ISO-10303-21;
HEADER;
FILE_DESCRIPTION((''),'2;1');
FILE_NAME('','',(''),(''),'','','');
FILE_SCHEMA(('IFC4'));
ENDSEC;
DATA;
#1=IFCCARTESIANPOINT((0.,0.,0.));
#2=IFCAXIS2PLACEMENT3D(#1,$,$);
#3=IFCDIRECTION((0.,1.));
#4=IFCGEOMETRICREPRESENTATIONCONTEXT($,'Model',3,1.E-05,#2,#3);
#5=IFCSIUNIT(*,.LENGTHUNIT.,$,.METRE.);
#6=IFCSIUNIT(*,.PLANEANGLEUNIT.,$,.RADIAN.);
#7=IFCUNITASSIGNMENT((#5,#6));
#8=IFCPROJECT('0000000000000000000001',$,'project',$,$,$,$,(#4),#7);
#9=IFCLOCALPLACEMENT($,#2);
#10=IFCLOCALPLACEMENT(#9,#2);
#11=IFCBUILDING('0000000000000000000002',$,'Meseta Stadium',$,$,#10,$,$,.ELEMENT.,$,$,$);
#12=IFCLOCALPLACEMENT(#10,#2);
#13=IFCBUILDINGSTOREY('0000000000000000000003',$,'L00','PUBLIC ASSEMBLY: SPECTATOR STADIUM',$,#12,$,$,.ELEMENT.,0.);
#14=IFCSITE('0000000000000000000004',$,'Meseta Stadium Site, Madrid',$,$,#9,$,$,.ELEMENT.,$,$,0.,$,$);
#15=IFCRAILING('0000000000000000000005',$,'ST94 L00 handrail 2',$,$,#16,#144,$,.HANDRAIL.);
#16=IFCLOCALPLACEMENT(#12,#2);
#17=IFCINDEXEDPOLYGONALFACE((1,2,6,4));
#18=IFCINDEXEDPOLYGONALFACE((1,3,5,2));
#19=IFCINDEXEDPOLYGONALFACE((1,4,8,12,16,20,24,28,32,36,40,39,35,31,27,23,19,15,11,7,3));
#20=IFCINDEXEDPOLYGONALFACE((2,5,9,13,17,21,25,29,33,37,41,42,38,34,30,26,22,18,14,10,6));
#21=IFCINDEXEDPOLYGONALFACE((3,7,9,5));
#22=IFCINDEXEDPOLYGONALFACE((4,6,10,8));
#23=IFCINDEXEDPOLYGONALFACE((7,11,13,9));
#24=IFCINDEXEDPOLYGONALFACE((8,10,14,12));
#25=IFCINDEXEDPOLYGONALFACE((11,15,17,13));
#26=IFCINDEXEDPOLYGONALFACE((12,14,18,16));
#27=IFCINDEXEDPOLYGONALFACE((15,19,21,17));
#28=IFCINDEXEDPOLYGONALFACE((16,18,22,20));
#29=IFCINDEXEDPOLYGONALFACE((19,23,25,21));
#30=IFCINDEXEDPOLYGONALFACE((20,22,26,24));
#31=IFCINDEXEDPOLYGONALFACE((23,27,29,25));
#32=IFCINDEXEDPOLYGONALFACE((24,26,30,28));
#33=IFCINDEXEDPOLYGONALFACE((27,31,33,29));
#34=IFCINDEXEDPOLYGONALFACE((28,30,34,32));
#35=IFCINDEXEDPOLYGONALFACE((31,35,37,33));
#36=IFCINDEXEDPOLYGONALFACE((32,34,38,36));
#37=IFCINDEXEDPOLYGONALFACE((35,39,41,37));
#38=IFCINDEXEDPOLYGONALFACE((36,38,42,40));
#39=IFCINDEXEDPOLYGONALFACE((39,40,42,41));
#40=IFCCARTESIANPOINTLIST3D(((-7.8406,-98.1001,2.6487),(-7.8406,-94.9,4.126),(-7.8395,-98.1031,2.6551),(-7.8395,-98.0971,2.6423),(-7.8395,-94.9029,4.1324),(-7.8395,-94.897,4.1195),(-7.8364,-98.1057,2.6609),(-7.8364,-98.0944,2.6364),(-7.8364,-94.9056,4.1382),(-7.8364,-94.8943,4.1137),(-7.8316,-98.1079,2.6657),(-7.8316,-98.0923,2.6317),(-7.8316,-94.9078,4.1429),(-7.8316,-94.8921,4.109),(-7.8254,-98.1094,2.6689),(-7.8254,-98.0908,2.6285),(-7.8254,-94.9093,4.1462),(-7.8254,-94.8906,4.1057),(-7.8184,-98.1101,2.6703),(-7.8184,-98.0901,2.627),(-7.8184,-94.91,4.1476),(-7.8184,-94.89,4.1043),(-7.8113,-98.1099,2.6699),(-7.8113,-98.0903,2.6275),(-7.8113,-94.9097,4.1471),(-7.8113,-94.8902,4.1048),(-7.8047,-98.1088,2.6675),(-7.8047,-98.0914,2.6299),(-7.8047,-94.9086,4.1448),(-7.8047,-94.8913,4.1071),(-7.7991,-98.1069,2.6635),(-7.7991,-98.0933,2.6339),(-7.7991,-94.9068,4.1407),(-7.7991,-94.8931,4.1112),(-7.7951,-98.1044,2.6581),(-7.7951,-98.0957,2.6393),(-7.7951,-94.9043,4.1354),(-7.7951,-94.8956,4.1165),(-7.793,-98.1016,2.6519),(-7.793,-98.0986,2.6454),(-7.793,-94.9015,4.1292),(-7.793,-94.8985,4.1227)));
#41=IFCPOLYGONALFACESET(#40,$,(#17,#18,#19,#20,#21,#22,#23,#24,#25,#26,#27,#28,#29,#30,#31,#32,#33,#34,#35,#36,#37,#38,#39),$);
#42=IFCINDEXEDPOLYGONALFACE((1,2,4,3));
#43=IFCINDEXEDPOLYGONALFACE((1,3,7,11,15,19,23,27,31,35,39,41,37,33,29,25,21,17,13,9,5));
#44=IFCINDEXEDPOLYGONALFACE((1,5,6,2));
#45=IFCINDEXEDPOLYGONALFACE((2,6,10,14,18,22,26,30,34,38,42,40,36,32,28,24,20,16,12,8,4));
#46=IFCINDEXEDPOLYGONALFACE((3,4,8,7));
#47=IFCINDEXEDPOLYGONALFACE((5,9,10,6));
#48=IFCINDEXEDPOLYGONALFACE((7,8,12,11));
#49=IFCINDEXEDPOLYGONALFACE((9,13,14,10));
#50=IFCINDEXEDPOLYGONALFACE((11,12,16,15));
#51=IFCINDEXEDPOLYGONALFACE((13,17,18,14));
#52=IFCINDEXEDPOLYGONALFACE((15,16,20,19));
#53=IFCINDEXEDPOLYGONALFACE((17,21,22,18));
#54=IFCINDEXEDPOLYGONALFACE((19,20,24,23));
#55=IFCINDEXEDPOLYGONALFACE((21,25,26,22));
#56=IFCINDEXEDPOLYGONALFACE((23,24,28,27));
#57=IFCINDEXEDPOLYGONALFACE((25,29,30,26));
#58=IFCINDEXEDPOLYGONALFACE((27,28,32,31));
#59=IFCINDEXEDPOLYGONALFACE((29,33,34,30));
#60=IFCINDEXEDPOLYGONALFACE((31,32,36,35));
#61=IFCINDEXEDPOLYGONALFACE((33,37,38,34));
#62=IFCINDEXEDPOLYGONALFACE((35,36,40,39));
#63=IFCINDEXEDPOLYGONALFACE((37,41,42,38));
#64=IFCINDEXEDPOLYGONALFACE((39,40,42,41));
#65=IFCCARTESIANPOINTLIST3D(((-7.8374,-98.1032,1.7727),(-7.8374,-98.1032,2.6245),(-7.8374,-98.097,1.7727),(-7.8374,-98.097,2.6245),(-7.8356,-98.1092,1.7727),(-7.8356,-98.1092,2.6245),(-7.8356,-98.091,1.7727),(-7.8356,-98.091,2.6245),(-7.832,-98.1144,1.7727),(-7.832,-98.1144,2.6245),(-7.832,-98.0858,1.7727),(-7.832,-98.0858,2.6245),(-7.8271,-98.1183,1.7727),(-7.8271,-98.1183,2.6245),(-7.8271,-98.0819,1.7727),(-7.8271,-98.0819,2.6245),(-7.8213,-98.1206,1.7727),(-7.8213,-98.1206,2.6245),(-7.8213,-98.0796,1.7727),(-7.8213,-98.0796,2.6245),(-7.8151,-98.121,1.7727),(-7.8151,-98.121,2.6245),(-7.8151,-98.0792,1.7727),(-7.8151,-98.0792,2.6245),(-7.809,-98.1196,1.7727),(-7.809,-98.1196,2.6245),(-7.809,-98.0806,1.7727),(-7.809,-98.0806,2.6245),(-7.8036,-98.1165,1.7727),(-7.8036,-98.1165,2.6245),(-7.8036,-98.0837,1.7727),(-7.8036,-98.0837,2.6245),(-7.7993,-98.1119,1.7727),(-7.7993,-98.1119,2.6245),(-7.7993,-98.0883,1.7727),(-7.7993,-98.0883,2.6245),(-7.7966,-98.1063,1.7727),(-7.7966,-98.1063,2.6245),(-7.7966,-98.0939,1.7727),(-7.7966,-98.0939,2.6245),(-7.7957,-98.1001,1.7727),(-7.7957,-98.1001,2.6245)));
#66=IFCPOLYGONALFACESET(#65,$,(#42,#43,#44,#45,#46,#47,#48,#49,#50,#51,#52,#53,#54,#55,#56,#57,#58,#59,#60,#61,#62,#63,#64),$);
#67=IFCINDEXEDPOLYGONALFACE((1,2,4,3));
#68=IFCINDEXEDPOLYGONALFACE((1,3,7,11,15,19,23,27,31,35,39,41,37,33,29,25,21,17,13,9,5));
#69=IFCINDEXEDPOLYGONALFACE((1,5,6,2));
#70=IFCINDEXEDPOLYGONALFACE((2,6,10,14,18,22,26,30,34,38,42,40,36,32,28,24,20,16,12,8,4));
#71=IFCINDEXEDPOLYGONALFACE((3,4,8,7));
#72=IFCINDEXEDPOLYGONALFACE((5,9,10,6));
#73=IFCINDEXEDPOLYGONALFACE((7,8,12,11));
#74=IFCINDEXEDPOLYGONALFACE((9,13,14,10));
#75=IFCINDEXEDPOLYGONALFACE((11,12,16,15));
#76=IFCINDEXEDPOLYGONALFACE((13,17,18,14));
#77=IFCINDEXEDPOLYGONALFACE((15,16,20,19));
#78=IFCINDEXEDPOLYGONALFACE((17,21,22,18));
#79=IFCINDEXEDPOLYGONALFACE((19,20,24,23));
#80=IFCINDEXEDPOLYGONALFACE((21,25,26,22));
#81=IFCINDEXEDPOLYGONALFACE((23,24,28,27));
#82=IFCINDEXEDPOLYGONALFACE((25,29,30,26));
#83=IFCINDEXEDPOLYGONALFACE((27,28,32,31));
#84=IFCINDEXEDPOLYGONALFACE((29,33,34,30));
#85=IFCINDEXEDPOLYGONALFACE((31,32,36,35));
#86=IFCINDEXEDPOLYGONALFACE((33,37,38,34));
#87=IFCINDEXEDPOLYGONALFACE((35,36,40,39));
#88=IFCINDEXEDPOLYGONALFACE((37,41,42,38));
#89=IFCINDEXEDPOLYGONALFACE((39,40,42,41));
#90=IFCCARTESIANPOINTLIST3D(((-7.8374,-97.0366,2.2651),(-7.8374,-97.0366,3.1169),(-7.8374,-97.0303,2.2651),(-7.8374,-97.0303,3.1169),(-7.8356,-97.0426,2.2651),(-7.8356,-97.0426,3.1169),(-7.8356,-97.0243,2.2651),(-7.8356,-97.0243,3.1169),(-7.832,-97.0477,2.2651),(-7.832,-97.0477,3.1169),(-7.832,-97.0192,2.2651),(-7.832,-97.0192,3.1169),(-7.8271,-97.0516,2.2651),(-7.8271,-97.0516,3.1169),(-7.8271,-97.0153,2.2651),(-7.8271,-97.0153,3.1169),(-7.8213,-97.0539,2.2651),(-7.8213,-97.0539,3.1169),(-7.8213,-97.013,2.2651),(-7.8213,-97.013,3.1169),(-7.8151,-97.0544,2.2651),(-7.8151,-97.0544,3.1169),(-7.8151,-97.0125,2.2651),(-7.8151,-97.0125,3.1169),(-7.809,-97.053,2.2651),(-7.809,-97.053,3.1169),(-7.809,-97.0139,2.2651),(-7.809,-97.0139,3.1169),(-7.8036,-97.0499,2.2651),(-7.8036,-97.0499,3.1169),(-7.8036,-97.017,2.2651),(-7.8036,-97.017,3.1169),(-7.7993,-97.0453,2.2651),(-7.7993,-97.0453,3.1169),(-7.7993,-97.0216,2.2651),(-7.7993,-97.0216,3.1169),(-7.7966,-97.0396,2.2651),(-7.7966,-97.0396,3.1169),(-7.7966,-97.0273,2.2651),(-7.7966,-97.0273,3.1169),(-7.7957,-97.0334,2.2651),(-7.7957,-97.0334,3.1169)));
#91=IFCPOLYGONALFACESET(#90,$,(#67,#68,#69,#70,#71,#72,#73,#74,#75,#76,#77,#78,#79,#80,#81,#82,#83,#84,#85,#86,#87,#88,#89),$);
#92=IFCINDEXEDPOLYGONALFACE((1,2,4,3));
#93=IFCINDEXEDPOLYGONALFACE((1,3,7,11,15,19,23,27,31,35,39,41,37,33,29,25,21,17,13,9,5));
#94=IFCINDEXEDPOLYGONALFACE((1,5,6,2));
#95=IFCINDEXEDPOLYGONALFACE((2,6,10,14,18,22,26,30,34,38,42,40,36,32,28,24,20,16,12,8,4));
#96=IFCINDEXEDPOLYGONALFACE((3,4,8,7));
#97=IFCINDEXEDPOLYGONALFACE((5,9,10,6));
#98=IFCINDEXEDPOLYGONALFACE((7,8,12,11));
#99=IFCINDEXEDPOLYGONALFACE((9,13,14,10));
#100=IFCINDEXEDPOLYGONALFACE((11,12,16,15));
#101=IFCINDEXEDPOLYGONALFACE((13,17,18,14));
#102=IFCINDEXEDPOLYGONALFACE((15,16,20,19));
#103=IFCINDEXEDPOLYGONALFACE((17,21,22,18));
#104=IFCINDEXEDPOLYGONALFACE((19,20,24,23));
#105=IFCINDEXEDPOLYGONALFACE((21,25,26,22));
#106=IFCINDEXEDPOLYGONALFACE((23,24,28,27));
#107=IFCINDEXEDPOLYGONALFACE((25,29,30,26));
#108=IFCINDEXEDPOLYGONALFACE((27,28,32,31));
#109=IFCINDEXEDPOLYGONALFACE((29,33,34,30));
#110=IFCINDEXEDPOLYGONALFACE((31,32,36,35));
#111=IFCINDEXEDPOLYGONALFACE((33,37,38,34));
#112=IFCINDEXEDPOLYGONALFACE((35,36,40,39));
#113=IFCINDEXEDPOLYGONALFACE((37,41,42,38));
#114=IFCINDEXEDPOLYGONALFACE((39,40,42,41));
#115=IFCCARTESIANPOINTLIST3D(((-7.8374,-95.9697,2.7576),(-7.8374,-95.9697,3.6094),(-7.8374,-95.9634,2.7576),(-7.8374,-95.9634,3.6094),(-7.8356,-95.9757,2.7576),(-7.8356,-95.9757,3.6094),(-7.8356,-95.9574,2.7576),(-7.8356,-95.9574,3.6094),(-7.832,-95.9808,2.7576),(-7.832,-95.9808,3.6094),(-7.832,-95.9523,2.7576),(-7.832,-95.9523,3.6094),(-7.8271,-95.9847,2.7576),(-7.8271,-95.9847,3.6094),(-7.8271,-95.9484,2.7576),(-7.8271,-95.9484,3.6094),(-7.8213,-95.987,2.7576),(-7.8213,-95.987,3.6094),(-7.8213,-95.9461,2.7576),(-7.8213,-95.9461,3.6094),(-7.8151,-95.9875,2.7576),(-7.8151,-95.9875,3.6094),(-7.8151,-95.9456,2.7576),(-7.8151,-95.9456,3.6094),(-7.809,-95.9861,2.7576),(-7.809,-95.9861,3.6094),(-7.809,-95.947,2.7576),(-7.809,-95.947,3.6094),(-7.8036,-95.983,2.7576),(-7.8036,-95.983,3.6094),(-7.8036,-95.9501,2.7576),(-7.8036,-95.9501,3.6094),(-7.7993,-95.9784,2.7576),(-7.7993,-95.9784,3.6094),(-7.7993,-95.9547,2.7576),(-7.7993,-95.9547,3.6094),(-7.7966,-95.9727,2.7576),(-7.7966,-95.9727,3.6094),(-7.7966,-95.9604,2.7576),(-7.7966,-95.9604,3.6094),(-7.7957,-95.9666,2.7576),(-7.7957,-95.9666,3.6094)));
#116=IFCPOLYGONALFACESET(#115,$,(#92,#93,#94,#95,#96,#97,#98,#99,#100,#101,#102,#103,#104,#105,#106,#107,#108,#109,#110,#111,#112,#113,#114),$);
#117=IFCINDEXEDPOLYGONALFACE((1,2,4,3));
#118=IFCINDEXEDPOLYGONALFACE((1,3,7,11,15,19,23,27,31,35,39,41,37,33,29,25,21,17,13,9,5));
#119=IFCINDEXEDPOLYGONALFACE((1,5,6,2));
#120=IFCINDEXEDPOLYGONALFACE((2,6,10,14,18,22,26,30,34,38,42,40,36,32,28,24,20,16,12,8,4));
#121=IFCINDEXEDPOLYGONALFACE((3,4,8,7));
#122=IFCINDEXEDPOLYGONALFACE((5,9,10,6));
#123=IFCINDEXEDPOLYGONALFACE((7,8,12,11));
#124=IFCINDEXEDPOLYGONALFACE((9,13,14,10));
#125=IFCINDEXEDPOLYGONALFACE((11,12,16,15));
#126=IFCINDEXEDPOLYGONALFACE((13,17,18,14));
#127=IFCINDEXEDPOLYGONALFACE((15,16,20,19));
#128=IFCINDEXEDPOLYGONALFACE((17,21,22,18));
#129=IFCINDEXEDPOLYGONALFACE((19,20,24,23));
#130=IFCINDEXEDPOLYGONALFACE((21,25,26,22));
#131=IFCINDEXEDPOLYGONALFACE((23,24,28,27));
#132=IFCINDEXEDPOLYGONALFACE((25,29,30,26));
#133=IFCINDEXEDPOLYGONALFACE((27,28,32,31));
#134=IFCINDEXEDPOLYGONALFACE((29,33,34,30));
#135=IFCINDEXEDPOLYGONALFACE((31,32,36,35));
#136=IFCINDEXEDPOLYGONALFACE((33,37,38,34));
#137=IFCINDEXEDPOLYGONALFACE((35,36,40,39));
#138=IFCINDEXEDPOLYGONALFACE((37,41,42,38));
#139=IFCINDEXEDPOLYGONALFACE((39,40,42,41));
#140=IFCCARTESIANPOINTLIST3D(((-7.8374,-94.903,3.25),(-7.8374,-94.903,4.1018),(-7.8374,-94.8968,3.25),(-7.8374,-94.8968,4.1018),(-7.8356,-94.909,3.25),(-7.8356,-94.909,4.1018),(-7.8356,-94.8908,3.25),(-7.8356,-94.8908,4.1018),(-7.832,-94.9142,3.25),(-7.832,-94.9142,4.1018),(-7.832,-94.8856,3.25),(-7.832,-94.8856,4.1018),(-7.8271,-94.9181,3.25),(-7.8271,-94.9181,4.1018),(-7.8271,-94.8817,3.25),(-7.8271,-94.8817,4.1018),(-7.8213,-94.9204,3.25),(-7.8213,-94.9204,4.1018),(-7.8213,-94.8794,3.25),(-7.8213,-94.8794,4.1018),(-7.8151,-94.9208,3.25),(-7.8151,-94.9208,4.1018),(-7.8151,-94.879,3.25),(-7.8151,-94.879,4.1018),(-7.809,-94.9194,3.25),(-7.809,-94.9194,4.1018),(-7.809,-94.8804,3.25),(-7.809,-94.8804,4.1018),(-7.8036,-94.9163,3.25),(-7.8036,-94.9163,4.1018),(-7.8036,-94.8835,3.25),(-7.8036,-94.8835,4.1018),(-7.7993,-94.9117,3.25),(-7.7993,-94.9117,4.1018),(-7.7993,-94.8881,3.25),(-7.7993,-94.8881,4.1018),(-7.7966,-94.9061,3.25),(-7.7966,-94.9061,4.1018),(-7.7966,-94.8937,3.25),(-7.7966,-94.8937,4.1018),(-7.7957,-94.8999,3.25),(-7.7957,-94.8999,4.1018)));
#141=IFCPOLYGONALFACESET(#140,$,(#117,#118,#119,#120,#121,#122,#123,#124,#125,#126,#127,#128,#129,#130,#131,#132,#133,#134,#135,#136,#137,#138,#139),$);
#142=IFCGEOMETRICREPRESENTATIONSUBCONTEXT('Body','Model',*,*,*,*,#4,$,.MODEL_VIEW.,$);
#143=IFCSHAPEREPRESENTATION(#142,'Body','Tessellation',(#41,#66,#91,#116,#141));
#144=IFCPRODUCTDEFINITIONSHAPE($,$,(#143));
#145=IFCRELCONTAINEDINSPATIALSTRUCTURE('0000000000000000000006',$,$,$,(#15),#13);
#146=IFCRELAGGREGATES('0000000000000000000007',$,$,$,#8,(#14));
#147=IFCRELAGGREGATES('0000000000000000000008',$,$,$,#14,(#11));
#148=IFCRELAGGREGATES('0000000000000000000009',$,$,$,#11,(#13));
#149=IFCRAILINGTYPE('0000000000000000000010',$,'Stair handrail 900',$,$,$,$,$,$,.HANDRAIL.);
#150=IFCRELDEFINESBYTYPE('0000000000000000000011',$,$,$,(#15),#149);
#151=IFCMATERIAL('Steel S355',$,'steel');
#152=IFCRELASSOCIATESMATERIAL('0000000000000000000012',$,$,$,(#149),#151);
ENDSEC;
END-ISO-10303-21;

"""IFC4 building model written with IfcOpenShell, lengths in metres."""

from ifc_helpers import new_model, si_unit, direction, frame, origin, origin_2d, place, context, subcontext, project, spatial, circle, extrude, material, type_object, element, save


model = new_model("IFC4")

# Units and contexts
model_context = context("Model", 3, precision=1e-05, world=origin(), true_north=direction((0.0, 1.0)))
body_context = subcontext(model_context, "Body", "Model", "MODEL_VIEW")
ifc_project = project(units=[si_unit("LENGTHUNIT", "METRE"), si_unit("PLANEANGLEUNIT", "RADIAN")], contexts=[model_context])

# Site, building, storey
site_placement = place(None, origin())
site = spatial("IfcSite", under=ifc_project, at=site_placement, Name="Meseta Stadium Site, Madrid", CompositionType="ELEMENT", RefElevation=0.0)
building_placement = place(site_placement, origin())
building = spatial("IfcBuilding", under=site, at=building_placement, Name="Meseta Stadium", CompositionType="ELEMENT")
storey_placement = place(building_placement, origin())
storey = spatial("IfcBuildingStorey", under=building, at=storey_placement, Name="L00", Description="PUBLIC ASSEMBLY: SPECTATOR STADIUM", CompositionType="ELEMENT", Elevation=0.0)

# Railing
ifc_material_1 = material(Name="Steel S355", Category="steel")
railing_type_1 = type_object("IfcRailingType", Name="Stair handrail 900", PredefinedType="HANDRAIL", material=ifc_material_1)
railing_1_placement = place(storey_placement, frame((-7.8167, -98.1001, 1.7727)))
element("IfcRailing", 1, at=railing_1_placement, inside=storey, type_object=railing_type_1, Name="ST94 L00 handrail 2", PredefinedType="HANDRAIL", context=body_context, shape_type="SweptSolid", body=[
    extrude(circle(Radius=0.0239, at=origin_2d()), frame((0.0, 0.0, 0.876), z_axis=(0.0, 0.907929, 0.419124), x_axis=(-1.0, 0.0, 0.0)), (0.0, 0.0, 1.0), 3.5247),
    extrude(circle(Radius=0.021, at=origin_2d()), origin(), (0.0, 0.0, 1.0), 0.8518),
    extrude(circle(Radius=0.021, at=origin_2d()), frame((0.0, 1.0667, 0.4924)), (0.0, 0.0, 1.0), 0.8518),
    extrude(circle(Radius=0.021, at=origin_2d()), frame((0.0, 2.1335, 0.9849)), (0.0, 0.0, 1.0), 0.8518),
    extrude(circle(Radius=0.021, at=origin_2d()), frame((0.0, 3.2002, 1.4773)), (0.0, 0.0, 1.0), 0.8518),
])

save(model, "model.ifc")
